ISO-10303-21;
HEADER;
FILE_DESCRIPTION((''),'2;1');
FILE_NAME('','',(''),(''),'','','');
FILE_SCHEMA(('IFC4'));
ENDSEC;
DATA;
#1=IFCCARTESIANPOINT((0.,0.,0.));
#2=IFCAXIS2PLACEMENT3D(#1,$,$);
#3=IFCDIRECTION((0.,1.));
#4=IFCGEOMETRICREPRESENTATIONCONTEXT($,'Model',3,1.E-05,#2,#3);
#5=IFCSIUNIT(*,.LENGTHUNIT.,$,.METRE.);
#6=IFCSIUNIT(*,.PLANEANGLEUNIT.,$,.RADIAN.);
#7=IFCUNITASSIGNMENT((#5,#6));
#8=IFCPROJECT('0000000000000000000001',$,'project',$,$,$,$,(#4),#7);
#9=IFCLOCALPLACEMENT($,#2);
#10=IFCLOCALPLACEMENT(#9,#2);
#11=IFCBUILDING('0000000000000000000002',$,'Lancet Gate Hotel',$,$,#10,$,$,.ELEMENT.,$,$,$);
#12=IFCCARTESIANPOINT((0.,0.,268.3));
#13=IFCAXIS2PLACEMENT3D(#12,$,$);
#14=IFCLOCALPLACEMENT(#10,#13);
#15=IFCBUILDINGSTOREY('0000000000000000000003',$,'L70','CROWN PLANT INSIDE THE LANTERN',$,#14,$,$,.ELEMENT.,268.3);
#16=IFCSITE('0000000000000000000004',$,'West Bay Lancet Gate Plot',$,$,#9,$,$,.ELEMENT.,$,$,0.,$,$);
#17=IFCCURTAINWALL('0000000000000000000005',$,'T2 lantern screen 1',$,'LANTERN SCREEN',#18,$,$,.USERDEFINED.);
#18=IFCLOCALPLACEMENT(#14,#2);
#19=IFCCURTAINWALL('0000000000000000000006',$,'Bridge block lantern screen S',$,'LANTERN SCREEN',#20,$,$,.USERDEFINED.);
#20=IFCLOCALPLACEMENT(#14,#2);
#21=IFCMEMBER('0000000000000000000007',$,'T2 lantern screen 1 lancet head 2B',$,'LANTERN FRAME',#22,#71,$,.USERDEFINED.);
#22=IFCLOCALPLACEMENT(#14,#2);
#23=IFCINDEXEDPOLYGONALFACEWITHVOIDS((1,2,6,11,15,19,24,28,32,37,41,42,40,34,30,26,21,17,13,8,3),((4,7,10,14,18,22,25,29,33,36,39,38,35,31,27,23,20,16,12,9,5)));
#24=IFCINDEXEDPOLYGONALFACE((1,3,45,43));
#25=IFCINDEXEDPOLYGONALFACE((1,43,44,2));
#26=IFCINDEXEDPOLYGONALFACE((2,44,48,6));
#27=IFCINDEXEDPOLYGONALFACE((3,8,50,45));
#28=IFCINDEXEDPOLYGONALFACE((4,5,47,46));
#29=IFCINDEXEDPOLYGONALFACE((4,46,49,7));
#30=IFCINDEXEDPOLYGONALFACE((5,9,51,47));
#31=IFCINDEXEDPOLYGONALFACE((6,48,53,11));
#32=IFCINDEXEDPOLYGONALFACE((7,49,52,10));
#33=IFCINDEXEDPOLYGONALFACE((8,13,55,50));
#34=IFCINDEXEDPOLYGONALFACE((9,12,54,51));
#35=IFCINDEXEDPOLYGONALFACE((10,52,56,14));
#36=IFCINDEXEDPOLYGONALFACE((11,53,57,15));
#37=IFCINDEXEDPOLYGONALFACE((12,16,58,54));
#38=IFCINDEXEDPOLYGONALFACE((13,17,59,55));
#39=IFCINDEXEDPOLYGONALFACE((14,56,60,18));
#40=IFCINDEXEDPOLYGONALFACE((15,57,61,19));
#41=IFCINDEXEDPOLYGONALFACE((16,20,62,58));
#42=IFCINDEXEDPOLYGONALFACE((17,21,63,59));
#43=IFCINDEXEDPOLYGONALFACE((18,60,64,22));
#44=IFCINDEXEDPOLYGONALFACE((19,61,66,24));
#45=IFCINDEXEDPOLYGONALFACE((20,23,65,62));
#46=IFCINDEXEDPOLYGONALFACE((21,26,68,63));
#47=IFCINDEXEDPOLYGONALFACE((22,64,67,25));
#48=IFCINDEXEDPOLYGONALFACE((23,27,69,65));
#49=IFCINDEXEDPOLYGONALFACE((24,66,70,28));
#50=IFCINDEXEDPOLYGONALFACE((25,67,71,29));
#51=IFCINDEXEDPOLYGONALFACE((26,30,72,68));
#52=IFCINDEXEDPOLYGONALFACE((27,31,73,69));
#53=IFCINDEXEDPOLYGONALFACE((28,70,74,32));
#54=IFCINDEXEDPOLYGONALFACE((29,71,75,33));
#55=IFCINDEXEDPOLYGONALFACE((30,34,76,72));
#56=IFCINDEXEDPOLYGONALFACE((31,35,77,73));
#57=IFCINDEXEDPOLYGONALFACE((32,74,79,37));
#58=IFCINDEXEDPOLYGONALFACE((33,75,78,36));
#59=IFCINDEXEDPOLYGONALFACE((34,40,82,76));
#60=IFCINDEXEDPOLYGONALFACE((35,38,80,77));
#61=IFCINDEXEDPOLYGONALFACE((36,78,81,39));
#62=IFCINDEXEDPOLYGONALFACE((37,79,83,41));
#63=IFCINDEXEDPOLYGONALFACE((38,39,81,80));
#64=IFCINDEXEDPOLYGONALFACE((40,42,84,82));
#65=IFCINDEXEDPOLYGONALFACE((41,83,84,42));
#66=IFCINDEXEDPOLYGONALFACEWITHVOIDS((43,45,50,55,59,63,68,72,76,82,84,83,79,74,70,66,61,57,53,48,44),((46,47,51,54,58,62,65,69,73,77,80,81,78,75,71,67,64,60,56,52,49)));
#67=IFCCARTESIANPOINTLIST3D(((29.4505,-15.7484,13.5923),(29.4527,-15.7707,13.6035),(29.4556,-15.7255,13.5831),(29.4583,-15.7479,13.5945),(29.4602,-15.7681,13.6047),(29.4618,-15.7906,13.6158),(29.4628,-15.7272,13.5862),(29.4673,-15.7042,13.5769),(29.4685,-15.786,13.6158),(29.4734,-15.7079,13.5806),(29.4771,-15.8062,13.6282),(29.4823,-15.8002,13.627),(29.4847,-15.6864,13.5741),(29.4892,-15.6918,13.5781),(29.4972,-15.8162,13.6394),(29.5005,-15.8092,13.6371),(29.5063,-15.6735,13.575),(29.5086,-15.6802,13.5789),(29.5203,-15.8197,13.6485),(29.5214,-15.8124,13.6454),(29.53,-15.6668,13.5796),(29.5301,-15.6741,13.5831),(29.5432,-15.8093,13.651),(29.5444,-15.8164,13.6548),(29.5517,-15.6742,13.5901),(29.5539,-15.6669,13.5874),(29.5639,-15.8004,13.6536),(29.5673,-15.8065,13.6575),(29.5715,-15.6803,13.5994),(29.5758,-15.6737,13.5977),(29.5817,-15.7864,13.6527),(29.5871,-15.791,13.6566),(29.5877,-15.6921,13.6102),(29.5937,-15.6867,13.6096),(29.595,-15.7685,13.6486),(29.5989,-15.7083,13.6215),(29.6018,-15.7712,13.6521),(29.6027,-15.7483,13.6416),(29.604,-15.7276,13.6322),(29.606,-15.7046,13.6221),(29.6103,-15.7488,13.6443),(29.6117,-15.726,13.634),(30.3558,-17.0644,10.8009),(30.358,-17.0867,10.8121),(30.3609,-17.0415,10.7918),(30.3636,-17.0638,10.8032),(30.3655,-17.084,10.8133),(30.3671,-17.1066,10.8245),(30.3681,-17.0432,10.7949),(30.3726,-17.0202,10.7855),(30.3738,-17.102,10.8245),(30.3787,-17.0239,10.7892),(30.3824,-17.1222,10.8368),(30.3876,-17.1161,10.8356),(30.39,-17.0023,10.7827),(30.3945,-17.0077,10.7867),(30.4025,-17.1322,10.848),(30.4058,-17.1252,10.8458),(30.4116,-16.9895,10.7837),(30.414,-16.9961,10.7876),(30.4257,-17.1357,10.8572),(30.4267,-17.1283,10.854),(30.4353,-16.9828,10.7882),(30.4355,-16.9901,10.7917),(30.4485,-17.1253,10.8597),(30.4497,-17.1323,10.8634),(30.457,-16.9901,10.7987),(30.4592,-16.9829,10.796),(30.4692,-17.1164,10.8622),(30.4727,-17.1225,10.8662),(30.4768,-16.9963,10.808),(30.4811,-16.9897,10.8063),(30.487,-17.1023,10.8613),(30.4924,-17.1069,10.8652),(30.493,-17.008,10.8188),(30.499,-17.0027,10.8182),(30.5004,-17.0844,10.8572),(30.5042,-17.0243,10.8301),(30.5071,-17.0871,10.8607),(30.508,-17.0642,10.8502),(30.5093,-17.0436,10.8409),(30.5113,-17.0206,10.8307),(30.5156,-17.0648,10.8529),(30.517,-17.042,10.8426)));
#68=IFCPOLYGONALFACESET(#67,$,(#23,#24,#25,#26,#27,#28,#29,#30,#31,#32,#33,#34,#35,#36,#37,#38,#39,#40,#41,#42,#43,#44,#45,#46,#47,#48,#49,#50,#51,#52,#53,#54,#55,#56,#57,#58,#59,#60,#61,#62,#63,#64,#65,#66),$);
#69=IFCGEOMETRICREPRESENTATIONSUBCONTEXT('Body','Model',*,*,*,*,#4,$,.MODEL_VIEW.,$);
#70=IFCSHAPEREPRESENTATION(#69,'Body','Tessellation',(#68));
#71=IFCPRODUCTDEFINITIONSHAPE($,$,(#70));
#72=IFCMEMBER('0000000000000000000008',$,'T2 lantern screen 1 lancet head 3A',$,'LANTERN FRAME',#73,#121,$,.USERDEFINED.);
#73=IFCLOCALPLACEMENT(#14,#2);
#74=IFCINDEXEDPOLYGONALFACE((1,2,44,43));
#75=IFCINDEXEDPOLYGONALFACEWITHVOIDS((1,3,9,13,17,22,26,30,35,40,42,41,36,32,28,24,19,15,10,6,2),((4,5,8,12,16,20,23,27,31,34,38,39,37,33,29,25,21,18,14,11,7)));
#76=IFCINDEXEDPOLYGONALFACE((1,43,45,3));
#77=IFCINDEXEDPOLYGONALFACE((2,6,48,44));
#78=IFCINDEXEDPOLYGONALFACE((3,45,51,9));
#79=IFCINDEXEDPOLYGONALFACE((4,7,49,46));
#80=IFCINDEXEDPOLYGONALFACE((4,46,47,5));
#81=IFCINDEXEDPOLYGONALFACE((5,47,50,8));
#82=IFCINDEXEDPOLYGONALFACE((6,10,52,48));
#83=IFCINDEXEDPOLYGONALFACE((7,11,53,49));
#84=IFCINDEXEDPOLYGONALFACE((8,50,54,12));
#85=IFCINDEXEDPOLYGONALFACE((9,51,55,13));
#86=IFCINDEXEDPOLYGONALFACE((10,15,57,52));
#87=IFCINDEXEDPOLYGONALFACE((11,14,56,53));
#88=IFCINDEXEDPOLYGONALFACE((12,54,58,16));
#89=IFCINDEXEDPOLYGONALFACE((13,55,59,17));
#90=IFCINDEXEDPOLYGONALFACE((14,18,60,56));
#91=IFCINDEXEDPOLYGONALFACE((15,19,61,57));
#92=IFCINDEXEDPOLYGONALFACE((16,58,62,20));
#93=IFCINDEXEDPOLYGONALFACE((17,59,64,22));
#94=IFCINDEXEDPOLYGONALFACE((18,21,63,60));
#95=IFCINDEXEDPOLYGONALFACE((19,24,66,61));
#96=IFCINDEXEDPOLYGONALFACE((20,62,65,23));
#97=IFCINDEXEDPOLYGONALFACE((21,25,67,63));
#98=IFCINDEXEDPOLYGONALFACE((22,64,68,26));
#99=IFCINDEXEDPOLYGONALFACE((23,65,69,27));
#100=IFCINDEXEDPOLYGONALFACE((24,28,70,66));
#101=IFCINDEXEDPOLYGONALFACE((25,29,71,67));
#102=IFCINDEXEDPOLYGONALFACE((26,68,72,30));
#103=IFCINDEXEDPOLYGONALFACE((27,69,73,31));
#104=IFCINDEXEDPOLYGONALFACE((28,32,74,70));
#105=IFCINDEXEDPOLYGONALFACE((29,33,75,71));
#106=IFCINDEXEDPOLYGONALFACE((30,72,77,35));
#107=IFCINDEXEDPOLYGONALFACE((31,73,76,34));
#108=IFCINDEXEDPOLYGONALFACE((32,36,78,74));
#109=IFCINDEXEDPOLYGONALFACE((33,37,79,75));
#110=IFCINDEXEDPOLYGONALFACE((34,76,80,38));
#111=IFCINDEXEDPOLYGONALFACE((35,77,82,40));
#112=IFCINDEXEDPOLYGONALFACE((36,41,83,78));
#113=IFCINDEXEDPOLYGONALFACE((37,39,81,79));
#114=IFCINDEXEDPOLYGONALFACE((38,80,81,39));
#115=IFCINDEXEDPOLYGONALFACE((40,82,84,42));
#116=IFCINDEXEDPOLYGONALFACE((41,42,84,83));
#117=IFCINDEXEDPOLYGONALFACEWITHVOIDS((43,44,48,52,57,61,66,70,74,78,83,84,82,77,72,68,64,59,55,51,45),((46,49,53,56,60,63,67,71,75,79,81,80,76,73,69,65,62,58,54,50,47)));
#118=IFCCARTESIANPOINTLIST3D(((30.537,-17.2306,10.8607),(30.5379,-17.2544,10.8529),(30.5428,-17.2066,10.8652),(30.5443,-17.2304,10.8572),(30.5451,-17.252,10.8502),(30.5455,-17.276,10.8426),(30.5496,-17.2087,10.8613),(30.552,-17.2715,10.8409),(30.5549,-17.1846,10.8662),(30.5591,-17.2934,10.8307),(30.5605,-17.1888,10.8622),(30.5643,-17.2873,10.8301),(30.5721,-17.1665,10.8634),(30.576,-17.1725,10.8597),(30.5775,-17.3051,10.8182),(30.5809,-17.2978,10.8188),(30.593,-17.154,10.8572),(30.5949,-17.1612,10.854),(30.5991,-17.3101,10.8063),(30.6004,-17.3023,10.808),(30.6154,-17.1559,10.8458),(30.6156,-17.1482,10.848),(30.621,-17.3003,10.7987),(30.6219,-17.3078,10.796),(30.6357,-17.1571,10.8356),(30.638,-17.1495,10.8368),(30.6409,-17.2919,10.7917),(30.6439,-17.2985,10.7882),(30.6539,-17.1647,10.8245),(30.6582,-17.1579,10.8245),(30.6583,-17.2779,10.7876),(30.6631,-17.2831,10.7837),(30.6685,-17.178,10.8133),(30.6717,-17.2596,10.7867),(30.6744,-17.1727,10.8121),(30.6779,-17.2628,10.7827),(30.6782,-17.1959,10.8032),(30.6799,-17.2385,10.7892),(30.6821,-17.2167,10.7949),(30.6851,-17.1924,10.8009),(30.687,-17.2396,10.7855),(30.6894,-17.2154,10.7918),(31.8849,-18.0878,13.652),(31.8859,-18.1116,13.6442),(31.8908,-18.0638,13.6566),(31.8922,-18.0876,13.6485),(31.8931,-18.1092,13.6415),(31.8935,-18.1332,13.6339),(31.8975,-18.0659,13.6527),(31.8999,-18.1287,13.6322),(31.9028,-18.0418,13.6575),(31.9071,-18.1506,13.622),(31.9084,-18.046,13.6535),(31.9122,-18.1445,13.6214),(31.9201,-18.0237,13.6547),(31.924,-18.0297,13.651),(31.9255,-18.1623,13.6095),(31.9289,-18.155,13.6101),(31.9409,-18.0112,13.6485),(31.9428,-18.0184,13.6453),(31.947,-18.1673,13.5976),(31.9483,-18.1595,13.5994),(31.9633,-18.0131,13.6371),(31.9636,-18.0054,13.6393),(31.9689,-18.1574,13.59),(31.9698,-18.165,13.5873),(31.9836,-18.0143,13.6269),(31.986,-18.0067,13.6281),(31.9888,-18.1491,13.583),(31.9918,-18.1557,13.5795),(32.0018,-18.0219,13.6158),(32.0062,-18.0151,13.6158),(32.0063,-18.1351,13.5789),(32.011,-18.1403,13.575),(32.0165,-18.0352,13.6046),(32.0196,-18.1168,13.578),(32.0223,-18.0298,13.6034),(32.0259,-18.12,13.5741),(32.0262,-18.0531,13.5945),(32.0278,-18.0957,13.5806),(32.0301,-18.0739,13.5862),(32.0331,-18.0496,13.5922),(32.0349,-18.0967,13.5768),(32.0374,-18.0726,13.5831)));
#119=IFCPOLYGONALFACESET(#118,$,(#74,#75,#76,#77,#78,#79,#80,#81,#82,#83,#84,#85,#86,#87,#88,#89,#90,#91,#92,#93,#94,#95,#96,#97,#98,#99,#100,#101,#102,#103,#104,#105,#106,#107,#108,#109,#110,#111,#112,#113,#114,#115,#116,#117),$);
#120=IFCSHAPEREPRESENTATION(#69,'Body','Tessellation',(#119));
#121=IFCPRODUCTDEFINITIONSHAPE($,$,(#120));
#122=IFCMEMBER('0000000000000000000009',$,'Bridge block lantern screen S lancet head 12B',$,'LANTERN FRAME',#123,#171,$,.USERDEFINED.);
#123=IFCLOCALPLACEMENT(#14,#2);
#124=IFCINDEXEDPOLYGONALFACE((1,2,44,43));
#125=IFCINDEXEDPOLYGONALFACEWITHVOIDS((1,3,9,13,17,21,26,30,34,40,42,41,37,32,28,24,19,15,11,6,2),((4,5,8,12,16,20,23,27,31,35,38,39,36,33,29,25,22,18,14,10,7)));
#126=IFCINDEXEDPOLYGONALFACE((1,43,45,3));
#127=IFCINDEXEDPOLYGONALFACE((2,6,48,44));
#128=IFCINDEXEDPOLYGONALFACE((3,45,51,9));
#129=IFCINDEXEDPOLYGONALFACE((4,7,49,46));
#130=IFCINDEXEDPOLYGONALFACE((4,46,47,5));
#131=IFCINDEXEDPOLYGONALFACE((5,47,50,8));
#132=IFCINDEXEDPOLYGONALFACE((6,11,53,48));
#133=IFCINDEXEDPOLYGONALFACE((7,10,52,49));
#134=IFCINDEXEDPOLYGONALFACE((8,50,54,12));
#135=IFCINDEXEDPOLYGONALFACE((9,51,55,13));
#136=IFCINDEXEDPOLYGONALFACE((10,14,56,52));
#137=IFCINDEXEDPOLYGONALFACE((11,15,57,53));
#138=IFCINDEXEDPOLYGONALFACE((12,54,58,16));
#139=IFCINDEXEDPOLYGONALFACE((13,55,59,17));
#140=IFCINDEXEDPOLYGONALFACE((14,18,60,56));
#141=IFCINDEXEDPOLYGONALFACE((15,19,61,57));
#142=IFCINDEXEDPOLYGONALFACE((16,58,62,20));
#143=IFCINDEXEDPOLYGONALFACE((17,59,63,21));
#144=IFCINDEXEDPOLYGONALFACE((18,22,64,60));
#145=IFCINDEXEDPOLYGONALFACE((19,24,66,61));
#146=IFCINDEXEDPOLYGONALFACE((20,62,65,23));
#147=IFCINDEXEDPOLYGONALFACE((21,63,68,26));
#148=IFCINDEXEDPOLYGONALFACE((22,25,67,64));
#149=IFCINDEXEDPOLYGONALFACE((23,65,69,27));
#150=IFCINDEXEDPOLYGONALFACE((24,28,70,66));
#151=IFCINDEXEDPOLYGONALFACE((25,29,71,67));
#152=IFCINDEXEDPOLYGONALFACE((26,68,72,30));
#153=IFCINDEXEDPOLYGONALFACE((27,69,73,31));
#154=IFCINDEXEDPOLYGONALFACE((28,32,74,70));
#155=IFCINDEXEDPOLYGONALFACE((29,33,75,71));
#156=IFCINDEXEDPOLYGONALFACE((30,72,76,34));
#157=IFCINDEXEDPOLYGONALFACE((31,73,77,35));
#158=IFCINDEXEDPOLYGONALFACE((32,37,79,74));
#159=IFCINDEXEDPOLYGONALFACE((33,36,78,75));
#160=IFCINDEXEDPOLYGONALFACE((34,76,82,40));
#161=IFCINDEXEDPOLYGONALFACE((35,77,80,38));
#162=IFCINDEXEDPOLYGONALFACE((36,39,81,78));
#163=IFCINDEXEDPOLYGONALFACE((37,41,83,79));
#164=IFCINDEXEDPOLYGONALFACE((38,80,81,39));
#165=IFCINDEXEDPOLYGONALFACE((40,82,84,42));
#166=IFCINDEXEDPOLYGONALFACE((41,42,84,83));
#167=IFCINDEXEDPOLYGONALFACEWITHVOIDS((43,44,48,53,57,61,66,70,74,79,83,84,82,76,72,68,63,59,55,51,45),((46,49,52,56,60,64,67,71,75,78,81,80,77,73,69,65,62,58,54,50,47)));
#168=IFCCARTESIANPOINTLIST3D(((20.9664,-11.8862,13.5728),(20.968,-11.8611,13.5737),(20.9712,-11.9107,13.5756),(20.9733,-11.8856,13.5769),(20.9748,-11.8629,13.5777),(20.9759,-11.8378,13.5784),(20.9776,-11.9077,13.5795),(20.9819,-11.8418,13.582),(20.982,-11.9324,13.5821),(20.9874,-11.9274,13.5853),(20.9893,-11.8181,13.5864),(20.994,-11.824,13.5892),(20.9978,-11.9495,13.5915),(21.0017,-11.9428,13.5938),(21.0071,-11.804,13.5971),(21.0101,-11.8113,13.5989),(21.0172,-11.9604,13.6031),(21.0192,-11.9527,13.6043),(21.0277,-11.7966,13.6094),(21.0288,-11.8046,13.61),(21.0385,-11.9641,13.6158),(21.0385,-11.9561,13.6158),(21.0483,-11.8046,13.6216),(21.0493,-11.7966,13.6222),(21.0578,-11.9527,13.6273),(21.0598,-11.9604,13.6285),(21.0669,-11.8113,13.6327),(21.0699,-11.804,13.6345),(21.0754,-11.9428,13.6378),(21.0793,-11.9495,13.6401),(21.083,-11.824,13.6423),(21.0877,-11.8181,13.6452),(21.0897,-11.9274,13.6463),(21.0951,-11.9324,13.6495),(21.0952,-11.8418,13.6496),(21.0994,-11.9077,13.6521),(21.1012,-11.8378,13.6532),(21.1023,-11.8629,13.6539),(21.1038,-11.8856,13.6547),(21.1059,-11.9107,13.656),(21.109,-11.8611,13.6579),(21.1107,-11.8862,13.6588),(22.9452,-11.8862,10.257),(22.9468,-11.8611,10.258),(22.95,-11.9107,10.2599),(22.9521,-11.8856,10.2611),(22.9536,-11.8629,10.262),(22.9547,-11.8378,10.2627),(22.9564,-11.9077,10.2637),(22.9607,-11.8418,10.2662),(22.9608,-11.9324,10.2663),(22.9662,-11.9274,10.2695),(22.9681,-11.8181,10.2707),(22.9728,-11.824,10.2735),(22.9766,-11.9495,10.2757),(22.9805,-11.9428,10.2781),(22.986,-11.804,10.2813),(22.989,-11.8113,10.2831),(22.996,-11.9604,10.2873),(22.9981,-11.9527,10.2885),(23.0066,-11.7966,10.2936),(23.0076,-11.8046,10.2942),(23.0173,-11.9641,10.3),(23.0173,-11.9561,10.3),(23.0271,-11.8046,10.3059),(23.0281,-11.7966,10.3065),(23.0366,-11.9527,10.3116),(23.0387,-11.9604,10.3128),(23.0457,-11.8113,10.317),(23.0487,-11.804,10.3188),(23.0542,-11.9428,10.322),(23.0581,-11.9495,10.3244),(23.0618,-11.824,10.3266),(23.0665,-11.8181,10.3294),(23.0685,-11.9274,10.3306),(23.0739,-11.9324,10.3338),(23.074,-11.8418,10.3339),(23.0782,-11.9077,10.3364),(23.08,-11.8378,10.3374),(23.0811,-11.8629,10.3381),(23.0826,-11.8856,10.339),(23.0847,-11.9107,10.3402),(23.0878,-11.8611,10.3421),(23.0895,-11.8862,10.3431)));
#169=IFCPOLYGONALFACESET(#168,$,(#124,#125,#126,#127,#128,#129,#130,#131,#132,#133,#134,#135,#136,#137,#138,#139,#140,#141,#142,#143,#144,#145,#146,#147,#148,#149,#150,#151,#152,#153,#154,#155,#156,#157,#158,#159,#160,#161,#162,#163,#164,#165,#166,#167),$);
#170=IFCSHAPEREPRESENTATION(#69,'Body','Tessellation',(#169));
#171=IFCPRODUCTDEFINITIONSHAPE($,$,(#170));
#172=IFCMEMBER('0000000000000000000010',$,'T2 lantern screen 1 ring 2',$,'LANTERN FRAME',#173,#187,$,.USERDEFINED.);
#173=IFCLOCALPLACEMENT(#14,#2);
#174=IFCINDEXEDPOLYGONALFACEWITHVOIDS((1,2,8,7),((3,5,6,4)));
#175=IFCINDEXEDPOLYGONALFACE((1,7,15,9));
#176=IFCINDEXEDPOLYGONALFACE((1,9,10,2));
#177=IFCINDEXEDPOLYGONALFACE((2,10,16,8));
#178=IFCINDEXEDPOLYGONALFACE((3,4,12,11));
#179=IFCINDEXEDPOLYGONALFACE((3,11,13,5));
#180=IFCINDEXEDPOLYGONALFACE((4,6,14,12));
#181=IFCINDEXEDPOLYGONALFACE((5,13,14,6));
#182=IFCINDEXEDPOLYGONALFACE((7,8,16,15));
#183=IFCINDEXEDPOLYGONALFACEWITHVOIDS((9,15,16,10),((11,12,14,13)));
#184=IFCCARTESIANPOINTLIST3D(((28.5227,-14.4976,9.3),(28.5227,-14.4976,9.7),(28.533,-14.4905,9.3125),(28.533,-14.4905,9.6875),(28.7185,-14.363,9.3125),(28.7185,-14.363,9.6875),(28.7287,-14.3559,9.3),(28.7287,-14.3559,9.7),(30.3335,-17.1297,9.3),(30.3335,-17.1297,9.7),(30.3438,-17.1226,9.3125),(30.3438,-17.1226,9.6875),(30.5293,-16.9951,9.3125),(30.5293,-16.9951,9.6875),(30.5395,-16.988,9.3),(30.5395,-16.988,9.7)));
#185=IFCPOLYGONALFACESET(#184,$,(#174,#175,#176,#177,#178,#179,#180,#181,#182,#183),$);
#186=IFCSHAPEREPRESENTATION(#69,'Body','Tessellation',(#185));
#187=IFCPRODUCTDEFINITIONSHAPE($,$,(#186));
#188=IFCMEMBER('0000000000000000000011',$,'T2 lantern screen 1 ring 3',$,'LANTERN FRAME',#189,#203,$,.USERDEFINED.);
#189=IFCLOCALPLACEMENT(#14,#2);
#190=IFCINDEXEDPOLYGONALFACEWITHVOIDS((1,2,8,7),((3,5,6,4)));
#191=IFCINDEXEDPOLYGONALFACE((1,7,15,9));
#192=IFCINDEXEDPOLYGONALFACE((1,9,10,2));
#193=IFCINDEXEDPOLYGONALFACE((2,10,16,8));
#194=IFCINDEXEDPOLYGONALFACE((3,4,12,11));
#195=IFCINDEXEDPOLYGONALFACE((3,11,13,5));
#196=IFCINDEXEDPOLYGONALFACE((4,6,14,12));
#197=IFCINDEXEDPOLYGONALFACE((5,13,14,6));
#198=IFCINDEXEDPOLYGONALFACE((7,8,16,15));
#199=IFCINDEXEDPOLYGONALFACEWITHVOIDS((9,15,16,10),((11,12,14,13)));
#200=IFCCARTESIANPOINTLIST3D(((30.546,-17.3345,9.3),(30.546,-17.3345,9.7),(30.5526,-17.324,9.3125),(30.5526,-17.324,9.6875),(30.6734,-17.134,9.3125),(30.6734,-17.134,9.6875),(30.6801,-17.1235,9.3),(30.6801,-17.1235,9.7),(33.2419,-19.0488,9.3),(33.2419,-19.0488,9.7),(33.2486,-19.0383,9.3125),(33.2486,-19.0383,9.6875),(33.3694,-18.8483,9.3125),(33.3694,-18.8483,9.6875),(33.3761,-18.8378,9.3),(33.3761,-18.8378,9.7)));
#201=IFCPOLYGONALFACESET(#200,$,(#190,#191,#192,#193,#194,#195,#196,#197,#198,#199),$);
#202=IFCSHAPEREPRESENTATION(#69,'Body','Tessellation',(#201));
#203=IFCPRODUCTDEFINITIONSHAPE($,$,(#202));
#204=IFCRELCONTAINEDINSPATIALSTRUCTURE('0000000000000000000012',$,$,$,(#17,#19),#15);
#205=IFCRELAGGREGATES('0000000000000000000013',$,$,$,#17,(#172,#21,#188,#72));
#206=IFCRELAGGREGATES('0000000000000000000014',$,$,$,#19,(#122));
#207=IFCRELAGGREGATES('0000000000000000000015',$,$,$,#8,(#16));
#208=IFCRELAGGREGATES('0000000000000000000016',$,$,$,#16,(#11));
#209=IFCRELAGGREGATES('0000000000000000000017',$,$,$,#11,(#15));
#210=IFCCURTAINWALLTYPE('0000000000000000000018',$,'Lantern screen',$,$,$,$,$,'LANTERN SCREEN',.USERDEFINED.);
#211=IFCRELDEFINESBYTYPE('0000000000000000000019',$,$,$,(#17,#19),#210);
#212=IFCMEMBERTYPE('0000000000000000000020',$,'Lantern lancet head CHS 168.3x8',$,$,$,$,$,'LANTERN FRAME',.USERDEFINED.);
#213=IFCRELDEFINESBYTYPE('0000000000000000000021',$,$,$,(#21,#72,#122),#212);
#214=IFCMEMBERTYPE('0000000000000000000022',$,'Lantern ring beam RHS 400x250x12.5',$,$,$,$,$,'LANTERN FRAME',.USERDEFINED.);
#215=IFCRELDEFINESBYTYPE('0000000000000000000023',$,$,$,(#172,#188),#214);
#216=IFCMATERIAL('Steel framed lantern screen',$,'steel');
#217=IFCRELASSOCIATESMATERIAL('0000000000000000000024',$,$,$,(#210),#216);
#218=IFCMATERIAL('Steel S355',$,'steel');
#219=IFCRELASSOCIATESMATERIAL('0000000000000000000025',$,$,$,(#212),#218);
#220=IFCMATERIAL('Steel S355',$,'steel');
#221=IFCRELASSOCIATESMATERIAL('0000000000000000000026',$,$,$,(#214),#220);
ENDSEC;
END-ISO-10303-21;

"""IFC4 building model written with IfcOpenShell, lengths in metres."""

from ifc_helpers import new_model, si_unit, direction, frame, origin, origin_2d, place, context, subcontext, project, spatial, hollow_rectangle, hollow_circle, extrude, material, material_profile, profile_set, type_object, element, aggregate, save


model = new_model("IFC4")

# Units and contexts
model_context = context("Model", 3, precision=1e-05, world=origin(), true_north=direction((0.0, 1.0)))
body_context = subcontext(model_context, "Body", "Model", "MODEL_VIEW")
ifc_project = project(units=[si_unit("LENGTHUNIT", "METRE"), si_unit("PLANEANGLEUNIT", "RADIAN")], contexts=[model_context])

# Site, building, storey
site_placement = place(None, origin())
site = spatial("IfcSite", under=ifc_project, at=site_placement, Name="West Bay Lancet Gate Plot", CompositionType="ELEMENT", RefElevation=0.0)
building_placement = place(site_placement, origin())
building = spatial("IfcBuilding", under=site, at=building_placement, Name="Lancet Gate Hotel", CompositionType="ELEMENT")
storey_placement = place(building_placement, frame((0.0, 0.0, 268.3)))
storey = spatial("IfcBuildingStorey", under=building, at=storey_placement, Name="L70", Description="CROWN PLANT INSIDE THE LANTERN", CompositionType="ELEMENT", Elevation=268.3)

# Curtain walls
ifc_material_1 = material(Name="Steel framed lantern screen", Category="steel")
curtain_wall_type = type_object("IfcCurtainWallType", Name="Lantern screen", ElementType="LANTERN SCREEN", PredefinedType="USERDEFINED", material=ifc_material_1)
curtain_wall_1_placement = place(storey_placement, origin())
curtain_wall_1 = element("IfcCurtainWall", 1, at=curtain_wall_1_placement, inside=storey, type_object=curtain_wall_type, Name="T2 lantern screen 1", ObjectType="LANTERN SCREEN", PredefinedType="USERDEFINED")
curtain_wall_2_placement = place(storey_placement, origin())
curtain_wall_2 = element("IfcCurtainWall", 2, at=curtain_wall_2_placement, inside=storey, type_object=curtain_wall_type, Name="Bridge block lantern screen S", ObjectType="LANTERN SCREEN", PredefinedType="USERDEFINED")

# Members
ifc_material_2 = material(Name="Steel S355", Category="steel")
ifc_material_profile_1 = material_profile(ifc_material_2, hollow_circle(Radius=0.0842, WallThickness=0.0081, at=origin_2d()), Name="CHS 168.3x8.0")
ifc_profile_set_1 = profile_set([ifc_material_profile_1], Name="Steel S355")
member_type_1 = type_object("IfcMemberType", Name="Lantern lancet head CHS 168.3x8", ElementType="LANTERN FRAME", PredefinedType="USERDEFINED", material=ifc_profile_set_1)
member_1_placement = place(storey_placement, frame((30.4365, -17.0588, 10.8245), z_axis=(-0.281495, 0.409186, 0.867944), x_axis=(-0.823872, -0.566775, 0.0)))
member_1 = element("IfcMember", 3, at=member_1_placement, type_object=member_type_1, Name="T2 lantern screen 1 lancet head 2B", ObjectType="LANTERN FRAME", PredefinedType="USERDEFINED", context=body_context, shape_type="SweptSolid", body=[
    extrude(hollow_circle(Radius=0.0842, WallThickness=0.0081, at=origin_2d()), origin(), (0.0, 0.0, 1.0), 3.2161),
])
member_2_placement = place(storey_placement, frame((30.613, -17.229, 10.8245), z_axis=(0.419122, -0.266535, 0.867926), x_axis=(0.536618, 0.843825, 0.0)))
member_2 = element("IfcMember", 4, at=member_2_placement, type_object=member_type_1, Name="T2 lantern screen 1 lancet head 3A", ObjectType="LANTERN FRAME", PredefinedType="USERDEFINED", context=body_context, shape_type="SweptSolid", body=[
    extrude(hollow_circle(Radius=0.0842, WallThickness=0.0081, at=origin_2d()), origin(), (0.0, 0.0, 1.0), 3.2161),
])
member_3_placement = place(storey_placement, frame((23.0173, -11.8799, 10.3), z_axis=(-0.512467, 0.0, 0.858707), x_axis=(0.0, -1.0, 0.0)))
member_3 = element("IfcMember", 5, at=member_3_placement, type_object=member_type_1, Name="Bridge block lantern screen S lancet head 12B", ObjectType="LANTERN FRAME", PredefinedType="USERDEFINED", context=body_context, shape_type="SweptSolid", body=[
    extrude(hollow_circle(Radius=0.0842, WallThickness=0.0081, at=origin_2d()), origin(), (0.0, 0.0, 1.0), 3.8613),
])
ifc_material_3 = material(Name="Steel S355", Category="steel")
ifc_material_profile_2 = material_profile(ifc_material_3, hollow_rectangle(XDim=0.25, YDim=0.3999, WallThickness=0.0125, at=origin_2d()), Name="RHS 400x250x12.5")
ifc_profile_set_2 = profile_set([ifc_material_profile_2], Name="Steel S355")
member_type_2 = type_object("IfcMemberType", Name="Lantern ring beam RHS 400x250x12.5", ElementType="LANTERN FRAME", PredefinedType="USERDEFINED", material=ifc_profile_set_2)
member_4_placement = place(storey_placement, frame((28.6257, -14.4268, 9.5), z_axis=(0.566791, -0.823861, 0.0), x_axis=(0.823861, 0.566791, 0.0)))
member_4 = element("IfcMember", 6, at=member_4_placement, type_object=member_type_2, Name="T2 lantern screen 1 ring 2", ObjectType="LANTERN FRAME", PredefinedType="USERDEFINED", context=body_context, shape_type="SweptSolid", body=[
    extrude(hollow_rectangle(XDim=0.25, YDim=0.3999, WallThickness=0.0125, at=origin_2d()), origin(), (0.0, 0.0, 1.0), 3.1948),
])
member_5_placement = place(storey_placement, frame((30.613, -17.229, 9.5), z_axis=(0.843847, -0.536584, 0.0), x_axis=(0.536584, 0.843847, 0.0)))
member_5 = element("IfcMember", 7, at=member_5_placement, type_object=member_type_2, Name="T2 lantern screen 1 ring 3", ObjectType="LANTERN FRAME", PredefinedType="USERDEFINED", context=body_context, shape_type="SweptSolid", body=[
    extrude(hollow_rectangle(XDim=0.25, YDim=0.3999, WallThickness=0.0125, at=origin_2d()), origin(), (0.0, 0.0, 1.0), 3.1948),
])

aggregate(curtain_wall_1, [member_4, member_1, member_5, member_2])
aggregate(curtain_wall_2, [member_3])

save(model, "model.ifc")
